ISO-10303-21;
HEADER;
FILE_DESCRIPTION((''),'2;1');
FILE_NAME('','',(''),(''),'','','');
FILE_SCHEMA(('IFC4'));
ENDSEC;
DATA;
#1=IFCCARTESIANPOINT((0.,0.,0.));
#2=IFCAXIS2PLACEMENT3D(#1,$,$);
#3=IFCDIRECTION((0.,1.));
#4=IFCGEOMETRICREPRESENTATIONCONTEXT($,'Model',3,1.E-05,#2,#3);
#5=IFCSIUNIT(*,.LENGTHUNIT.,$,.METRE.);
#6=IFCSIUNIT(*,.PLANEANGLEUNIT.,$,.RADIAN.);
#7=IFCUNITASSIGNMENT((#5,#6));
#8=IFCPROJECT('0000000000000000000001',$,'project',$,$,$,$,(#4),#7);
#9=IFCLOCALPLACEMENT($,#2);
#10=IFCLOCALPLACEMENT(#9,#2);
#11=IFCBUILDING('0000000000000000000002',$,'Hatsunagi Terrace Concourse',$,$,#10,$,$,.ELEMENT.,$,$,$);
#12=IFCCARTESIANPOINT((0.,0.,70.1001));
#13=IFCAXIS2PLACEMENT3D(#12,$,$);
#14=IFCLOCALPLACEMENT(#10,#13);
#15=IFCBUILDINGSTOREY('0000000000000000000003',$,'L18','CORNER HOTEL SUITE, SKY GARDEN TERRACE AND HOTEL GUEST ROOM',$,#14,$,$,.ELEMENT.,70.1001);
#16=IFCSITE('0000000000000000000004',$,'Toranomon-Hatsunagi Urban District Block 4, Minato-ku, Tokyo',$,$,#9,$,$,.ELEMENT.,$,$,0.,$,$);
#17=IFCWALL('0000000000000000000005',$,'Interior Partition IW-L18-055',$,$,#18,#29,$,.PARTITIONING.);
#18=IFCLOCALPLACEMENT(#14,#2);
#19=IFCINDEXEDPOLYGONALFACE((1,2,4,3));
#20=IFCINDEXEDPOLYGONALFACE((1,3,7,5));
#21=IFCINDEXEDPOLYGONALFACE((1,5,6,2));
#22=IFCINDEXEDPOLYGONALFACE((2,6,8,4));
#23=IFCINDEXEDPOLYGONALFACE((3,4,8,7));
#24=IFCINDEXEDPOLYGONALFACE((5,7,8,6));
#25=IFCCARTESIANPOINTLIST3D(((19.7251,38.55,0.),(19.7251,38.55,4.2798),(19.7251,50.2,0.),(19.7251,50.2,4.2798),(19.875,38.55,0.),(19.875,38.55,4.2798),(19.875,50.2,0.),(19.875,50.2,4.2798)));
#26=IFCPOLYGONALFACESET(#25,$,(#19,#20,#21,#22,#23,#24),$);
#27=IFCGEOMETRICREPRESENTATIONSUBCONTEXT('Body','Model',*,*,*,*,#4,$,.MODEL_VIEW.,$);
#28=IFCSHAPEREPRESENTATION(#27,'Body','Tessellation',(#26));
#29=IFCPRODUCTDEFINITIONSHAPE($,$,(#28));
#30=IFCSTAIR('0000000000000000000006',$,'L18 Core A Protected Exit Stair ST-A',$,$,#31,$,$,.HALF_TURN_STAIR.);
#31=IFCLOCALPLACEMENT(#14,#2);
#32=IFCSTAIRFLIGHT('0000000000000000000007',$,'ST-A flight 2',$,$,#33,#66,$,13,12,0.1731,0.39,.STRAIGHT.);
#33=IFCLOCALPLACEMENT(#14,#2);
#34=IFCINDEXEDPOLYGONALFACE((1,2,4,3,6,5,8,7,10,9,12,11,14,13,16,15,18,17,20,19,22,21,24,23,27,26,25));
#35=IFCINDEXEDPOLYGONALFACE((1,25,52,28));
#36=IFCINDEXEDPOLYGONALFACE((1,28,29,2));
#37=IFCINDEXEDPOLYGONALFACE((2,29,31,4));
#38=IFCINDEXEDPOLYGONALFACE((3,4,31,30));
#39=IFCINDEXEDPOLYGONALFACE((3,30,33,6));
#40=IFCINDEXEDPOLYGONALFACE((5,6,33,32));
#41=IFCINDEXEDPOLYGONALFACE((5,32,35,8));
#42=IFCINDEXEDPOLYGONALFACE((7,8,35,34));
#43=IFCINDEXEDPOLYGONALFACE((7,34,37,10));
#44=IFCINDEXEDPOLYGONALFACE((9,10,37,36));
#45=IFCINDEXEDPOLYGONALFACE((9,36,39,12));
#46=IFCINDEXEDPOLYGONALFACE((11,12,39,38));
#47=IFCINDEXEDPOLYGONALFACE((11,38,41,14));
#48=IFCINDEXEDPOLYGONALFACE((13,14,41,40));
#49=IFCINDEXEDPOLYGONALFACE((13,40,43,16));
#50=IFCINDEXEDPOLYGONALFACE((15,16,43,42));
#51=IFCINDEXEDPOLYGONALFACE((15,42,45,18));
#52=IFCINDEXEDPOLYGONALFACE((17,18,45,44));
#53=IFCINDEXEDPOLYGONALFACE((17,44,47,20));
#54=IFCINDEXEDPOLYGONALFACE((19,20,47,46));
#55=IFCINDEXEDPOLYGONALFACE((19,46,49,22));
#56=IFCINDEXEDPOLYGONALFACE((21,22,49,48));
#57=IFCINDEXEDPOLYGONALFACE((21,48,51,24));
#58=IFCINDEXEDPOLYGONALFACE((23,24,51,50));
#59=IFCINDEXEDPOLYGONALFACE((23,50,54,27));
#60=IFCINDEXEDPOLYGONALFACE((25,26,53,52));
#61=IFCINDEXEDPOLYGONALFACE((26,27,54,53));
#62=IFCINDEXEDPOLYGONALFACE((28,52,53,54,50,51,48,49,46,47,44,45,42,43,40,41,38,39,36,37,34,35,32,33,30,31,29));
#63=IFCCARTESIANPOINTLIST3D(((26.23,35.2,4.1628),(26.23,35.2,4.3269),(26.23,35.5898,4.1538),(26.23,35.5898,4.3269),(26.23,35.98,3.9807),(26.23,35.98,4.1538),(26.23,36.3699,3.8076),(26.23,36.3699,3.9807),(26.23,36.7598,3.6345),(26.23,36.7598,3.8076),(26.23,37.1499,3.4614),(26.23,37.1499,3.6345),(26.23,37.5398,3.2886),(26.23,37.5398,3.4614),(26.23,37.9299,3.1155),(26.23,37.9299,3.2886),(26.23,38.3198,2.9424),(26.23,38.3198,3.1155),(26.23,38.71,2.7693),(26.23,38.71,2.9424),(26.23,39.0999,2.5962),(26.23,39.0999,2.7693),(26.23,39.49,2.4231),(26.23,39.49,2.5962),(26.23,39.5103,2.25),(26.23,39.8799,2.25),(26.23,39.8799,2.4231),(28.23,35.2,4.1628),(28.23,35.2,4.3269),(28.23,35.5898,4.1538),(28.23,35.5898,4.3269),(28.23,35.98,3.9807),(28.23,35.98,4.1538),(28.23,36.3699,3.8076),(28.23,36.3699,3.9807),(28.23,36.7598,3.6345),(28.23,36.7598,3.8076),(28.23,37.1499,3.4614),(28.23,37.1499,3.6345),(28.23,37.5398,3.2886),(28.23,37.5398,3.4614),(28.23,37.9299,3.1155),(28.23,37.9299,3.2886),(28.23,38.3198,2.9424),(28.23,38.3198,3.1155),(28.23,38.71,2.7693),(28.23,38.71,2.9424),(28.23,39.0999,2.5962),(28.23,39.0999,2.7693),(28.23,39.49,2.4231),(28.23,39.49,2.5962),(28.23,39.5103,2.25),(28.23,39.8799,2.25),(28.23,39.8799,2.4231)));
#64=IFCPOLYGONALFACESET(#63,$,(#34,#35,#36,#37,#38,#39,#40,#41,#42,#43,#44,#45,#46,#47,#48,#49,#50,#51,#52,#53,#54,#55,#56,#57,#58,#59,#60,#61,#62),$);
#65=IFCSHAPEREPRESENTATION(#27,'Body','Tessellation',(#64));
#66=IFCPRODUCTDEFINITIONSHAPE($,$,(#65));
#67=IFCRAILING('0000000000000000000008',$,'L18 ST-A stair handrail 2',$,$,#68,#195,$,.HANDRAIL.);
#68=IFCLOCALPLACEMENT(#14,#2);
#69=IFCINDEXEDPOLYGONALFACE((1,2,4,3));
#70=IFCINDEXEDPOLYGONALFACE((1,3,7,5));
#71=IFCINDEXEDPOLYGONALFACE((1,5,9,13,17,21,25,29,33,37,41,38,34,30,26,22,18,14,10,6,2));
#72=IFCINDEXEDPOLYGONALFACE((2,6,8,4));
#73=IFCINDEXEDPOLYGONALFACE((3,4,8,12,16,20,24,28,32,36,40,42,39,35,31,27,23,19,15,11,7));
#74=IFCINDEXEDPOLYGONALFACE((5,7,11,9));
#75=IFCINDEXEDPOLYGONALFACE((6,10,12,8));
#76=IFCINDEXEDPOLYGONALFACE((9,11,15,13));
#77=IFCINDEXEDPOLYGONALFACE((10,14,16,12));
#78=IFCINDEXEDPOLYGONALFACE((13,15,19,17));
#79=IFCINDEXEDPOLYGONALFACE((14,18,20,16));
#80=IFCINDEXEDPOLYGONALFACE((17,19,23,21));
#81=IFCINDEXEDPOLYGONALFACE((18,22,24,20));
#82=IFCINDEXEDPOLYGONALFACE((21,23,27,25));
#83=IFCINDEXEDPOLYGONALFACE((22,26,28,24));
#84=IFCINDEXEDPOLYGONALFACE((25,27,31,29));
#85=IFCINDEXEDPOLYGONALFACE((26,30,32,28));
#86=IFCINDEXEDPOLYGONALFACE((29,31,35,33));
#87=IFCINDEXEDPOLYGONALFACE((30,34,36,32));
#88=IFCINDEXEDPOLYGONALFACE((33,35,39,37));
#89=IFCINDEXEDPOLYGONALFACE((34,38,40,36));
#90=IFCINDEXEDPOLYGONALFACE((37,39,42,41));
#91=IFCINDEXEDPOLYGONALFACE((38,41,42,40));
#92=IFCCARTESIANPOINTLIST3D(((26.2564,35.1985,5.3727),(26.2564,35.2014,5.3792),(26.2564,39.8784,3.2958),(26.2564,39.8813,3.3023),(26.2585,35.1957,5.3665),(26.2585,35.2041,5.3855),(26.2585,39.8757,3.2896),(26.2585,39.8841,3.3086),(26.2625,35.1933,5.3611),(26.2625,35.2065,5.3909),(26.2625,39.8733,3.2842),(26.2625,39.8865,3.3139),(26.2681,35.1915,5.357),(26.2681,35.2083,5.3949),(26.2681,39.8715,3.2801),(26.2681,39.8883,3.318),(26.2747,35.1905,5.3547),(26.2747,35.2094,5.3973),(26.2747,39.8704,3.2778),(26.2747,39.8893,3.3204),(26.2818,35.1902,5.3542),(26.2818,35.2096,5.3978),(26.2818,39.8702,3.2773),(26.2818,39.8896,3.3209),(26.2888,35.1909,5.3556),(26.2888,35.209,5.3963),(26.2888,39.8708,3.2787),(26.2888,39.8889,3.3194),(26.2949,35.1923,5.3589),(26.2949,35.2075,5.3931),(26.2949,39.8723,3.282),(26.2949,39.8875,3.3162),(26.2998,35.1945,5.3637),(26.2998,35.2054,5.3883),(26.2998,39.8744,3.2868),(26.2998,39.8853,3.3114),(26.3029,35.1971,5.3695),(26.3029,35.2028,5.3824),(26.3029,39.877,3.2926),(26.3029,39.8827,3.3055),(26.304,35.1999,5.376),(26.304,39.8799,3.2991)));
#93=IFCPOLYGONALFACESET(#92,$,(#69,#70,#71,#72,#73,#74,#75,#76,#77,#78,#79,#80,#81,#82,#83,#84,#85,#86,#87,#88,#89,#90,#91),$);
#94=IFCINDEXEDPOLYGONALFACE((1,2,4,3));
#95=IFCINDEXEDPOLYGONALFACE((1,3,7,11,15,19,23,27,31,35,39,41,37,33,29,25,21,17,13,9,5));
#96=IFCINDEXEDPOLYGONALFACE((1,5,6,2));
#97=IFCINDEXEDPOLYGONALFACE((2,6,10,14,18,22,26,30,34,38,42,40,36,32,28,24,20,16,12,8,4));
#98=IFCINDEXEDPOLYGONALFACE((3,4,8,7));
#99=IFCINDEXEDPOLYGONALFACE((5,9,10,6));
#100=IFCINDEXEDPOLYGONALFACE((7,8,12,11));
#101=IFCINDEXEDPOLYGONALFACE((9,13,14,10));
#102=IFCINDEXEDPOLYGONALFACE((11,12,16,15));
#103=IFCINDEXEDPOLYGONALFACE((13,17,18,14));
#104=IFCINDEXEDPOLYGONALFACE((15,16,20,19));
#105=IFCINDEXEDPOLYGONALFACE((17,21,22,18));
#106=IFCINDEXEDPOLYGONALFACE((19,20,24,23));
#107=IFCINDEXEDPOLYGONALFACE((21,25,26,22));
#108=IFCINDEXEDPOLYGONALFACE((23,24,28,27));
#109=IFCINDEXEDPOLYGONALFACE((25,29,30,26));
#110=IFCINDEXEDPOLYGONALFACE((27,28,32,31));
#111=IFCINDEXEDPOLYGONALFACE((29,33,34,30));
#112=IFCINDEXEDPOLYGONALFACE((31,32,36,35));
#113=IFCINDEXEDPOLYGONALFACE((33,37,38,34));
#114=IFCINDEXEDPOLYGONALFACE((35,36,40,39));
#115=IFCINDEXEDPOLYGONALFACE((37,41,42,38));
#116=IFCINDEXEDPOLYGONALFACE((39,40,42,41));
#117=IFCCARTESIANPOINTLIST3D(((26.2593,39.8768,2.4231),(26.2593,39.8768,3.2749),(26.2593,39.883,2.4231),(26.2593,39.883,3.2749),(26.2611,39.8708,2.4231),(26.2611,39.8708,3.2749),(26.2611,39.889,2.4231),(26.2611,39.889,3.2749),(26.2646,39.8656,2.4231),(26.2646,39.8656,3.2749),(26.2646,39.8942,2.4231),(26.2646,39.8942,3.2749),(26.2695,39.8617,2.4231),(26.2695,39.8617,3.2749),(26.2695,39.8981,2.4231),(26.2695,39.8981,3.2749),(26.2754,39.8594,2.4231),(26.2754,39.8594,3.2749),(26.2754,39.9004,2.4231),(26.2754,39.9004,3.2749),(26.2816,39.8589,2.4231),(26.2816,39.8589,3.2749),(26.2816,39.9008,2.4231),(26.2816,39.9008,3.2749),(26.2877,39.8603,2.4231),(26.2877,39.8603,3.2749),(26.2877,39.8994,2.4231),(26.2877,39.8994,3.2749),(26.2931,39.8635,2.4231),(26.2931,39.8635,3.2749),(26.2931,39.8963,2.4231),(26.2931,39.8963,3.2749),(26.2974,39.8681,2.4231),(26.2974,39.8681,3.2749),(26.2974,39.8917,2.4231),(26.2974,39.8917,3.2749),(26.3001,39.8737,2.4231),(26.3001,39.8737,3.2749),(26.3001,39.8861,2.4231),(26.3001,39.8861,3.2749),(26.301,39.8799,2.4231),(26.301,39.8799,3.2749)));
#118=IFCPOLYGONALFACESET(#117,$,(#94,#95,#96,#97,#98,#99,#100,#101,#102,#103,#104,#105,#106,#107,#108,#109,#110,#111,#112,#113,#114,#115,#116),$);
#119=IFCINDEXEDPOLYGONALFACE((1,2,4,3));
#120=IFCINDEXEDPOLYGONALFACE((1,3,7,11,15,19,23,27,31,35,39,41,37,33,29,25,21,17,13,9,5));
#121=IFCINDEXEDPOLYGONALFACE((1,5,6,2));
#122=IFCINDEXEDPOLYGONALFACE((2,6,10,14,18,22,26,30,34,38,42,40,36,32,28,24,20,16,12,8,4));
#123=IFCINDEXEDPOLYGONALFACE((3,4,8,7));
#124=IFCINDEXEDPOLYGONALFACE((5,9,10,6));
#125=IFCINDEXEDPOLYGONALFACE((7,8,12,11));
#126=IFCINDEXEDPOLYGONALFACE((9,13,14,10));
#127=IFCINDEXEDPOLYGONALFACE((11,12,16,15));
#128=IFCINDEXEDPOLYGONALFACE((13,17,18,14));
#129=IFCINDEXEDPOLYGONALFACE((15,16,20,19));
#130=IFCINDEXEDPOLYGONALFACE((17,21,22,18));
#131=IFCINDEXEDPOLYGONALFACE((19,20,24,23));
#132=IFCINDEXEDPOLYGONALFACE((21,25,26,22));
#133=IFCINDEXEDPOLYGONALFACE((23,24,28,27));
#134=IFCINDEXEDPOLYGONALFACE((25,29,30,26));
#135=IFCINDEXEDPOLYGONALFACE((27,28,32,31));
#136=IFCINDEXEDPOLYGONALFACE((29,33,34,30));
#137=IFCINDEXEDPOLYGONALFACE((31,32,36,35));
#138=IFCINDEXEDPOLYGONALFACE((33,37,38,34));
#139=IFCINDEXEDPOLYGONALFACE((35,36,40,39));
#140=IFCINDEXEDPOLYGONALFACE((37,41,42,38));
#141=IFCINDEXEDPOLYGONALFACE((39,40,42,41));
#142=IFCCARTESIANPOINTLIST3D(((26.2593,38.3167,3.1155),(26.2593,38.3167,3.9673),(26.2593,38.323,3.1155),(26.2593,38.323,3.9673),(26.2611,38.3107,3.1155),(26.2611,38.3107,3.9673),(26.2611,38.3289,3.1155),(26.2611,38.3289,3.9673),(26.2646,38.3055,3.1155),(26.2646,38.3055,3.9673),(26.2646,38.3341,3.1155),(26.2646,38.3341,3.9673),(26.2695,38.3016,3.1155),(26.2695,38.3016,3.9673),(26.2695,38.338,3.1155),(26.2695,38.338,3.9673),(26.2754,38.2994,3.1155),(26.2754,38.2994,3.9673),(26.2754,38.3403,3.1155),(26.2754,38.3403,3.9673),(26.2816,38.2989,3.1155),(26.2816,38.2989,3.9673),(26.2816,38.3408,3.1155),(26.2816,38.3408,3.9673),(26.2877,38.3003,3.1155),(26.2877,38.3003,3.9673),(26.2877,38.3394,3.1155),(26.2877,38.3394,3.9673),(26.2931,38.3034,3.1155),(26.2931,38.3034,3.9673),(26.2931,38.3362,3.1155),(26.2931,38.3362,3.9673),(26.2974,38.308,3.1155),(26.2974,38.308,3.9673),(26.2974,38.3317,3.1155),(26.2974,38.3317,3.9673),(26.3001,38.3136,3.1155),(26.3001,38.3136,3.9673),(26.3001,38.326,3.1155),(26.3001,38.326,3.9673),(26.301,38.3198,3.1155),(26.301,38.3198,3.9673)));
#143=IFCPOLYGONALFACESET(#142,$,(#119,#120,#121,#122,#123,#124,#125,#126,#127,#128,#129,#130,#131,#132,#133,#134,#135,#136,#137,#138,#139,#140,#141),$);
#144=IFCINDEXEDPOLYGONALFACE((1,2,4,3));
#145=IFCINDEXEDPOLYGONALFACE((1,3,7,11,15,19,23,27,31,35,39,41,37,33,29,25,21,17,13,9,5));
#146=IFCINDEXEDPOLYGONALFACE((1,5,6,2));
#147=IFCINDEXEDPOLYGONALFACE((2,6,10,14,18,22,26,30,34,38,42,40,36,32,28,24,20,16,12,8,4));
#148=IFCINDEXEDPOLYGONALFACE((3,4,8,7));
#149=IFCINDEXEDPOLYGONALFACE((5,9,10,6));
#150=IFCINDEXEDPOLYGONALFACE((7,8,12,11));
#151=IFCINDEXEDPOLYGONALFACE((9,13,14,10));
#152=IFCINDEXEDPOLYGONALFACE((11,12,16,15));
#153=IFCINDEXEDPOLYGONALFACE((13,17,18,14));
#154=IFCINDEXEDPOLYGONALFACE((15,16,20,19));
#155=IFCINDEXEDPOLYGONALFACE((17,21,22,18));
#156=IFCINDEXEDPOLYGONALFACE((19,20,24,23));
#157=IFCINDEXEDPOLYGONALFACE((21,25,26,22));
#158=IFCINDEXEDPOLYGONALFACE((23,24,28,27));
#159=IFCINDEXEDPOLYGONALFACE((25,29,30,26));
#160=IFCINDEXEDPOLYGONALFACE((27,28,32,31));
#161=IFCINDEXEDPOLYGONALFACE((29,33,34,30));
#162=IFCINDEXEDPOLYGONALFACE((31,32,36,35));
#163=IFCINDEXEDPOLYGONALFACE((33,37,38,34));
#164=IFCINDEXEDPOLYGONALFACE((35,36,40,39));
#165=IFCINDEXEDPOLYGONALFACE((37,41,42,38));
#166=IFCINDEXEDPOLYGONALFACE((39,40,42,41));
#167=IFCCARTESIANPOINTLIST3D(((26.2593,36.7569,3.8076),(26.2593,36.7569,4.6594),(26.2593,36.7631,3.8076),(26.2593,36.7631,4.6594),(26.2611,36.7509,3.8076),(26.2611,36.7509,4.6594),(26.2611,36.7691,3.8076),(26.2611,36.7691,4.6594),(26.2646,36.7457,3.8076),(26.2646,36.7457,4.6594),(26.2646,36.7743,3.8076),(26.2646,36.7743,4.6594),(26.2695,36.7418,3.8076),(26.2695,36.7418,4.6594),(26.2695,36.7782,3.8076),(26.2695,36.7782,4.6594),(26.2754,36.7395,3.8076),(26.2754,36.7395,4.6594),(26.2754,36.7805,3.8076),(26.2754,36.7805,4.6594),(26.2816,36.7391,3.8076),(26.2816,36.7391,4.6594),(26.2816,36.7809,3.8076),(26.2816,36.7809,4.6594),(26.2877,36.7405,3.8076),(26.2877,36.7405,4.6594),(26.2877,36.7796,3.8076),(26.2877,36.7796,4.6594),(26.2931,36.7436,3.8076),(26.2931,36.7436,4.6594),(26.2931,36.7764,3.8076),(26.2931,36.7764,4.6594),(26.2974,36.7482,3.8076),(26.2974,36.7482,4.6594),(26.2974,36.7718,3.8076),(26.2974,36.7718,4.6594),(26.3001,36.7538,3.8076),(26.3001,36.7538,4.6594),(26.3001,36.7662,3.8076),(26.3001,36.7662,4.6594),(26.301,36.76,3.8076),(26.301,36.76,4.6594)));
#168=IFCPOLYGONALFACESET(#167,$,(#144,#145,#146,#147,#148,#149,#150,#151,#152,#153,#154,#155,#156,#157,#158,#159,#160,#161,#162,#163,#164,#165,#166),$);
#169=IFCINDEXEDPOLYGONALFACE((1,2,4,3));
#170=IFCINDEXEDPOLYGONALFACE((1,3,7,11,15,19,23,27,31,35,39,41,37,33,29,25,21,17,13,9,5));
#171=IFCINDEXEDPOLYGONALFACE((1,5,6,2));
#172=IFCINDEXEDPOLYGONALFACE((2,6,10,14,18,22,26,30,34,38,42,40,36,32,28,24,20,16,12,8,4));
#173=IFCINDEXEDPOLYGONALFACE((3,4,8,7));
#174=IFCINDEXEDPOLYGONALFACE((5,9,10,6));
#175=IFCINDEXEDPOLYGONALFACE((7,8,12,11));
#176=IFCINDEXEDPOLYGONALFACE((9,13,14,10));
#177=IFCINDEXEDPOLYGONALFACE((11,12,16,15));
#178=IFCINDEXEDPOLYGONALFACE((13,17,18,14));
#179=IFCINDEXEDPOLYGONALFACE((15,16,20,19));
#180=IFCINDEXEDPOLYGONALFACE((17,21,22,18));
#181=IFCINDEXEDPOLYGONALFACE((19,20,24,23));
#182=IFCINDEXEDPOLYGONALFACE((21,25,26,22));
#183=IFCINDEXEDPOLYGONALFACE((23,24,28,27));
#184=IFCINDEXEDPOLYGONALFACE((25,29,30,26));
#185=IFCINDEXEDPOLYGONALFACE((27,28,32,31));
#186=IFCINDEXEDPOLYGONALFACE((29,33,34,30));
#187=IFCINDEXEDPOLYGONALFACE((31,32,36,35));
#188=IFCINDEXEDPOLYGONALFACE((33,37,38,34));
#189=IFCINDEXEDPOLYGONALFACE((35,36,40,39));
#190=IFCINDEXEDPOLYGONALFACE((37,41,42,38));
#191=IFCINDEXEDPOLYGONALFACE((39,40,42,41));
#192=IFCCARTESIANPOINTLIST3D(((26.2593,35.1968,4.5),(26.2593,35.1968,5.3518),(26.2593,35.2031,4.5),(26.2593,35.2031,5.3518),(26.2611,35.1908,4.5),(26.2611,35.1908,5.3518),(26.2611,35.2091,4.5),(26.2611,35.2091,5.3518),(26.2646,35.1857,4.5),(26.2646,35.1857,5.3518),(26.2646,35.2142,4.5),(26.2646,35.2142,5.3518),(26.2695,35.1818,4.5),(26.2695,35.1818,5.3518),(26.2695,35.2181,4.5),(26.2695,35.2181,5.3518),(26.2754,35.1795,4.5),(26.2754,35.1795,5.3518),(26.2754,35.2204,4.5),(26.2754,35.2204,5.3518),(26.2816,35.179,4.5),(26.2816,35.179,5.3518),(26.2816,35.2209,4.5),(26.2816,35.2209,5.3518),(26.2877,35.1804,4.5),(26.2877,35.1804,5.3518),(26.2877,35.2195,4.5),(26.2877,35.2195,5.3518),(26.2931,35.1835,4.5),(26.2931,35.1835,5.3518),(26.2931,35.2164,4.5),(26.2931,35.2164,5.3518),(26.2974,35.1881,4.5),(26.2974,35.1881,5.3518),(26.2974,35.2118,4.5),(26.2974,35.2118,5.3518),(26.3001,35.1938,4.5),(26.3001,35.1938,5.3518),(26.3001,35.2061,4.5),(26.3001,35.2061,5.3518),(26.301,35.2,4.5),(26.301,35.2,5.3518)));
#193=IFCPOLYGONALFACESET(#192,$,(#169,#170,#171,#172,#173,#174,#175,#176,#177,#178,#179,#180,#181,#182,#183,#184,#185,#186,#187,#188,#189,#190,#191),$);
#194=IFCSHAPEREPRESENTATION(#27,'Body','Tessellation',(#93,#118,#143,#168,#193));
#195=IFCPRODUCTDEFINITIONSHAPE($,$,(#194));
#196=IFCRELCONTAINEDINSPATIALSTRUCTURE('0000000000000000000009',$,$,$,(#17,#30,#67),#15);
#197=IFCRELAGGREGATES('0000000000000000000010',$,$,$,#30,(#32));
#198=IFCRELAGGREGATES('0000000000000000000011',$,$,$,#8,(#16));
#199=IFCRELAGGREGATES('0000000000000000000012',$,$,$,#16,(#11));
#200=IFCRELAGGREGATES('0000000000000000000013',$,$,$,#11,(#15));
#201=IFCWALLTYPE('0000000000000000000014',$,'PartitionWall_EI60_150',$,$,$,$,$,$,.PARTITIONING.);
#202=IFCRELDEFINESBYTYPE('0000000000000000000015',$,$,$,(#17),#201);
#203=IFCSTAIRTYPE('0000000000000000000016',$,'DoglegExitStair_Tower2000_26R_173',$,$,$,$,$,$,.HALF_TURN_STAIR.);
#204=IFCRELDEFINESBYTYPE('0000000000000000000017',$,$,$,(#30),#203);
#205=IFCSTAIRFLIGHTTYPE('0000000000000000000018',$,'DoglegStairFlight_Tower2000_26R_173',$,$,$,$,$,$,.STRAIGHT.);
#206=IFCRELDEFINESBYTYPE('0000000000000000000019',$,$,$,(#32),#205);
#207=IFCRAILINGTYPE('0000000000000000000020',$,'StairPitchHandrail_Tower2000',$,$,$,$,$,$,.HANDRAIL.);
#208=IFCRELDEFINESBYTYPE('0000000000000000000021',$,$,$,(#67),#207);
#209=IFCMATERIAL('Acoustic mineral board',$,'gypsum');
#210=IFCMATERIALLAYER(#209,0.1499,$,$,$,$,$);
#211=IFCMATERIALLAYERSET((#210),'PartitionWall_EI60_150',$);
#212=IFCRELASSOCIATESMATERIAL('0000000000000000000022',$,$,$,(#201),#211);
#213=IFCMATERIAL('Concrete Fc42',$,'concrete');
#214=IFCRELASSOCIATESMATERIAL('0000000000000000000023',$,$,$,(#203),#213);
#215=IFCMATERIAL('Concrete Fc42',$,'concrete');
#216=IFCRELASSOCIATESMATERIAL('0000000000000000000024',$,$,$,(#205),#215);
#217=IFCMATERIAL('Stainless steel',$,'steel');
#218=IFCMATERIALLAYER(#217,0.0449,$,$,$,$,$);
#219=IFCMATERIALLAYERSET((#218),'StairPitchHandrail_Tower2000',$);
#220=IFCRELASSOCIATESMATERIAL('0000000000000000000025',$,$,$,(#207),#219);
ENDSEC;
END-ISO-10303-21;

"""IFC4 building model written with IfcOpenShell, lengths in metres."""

from ifc_helpers import new_model, si_unit, direction, frame, frame_2d, origin, origin_2d, place, context, subcontext, project, spatial, polyline, rectangle, circle, outline, extrude, material, layer, layer_set, type_object, element, aggregate, save


model = new_model("IFC4")

# Units and contexts
model_context = context("Model", 3, precision=1e-05, world=origin(), true_north=direction((0.0, 1.0)))
body_context = subcontext(model_context, "Body", "Model", "MODEL_VIEW")
ifc_project = project(units=[si_unit("LENGTHUNIT", "METRE"), si_unit("PLANEANGLEUNIT", "RADIAN")], contexts=[model_context])

# Site, building, storey
site_placement = place(None, origin())
site = spatial("IfcSite", under=ifc_project, at=site_placement, Name="Toranomon-Hatsunagi Urban District Block 4, Minato-ku, Tokyo", CompositionType="ELEMENT", RefElevation=0.0)
building_placement = place(site_placement, origin())
building = spatial("IfcBuilding", under=site, at=building_placement, Name="Hatsunagi Terrace Concourse", CompositionType="ELEMENT")
storey_placement = place(building_placement, frame((0.0, 0.0, 70.1001)))
storey = spatial("IfcBuildingStorey", under=building, at=storey_placement, Name="L18", Description="CORNER HOTEL SUITE, SKY GARDEN TERRACE AND HOTEL GUEST ROOM", CompositionType="ELEMENT", Elevation=70.1001)

# Shared definitions
ifc_material_1 = material(Name="Acoustic mineral board", Category="gypsum")
ifc_layer_1 = layer(ifc_material_1, 0.1499)
ifc_layer_set_1 = layer_set([ifc_layer_1], Name="PartitionWall_EI60_150")
wall_type_1 = type_object("IfcWallType", Name="PartitionWall_EI60_150", PredefinedType="PARTITIONING", material=ifc_layer_set_1)

# Wall
wall_1_placement = place(storey_placement, frame((19.8, 38.55, 0.0), z_axis=(0.0, 0.0, 1.0), x_axis=(0.0, 1.0, 0.0)))
element("IfcWall", 1, at=wall_1_placement, inside=storey, type_object=wall_type_1, Name="Interior Partition IW-L18-055", PredefinedType="PARTITIONING", context=body_context, shape_type="SweptSolid", body=[
    extrude(rectangle(XDim=11.6499, YDim=0.1499, at=frame_2d((5.825, 0.0))), origin(), (0.0, 0.0, 1.0), 4.2798),
])

# Stair, stair flight
ifc_material_2 = material(Name="Concrete Fc42", Category="concrete")
stair_type = type_object("IfcStairType", Name="DoglegExitStair_Tower2000_26R_173", PredefinedType="HALF_TURN_STAIR", material=ifc_material_2)
stair_placement = place(storey_placement, origin())
stair = element("IfcStair", 2, at=stair_placement, inside=storey, type_object=stair_type, Name="L18 Core A Protected Exit Stair ST-A", PredefinedType="HALF_TURN_STAIR")
ifc_material_3 = material(Name="Concrete Fc42", Category="concrete")
stair_flight_type = type_object("IfcStairFlightType", Name="DoglegStairFlight_Tower2000_26R_173", PredefinedType="STRAIGHT", material=ifc_material_3)
stair_flight_placement = place(storey_placement, frame((27.23, 39.8799, 2.25), z_axis=(0.0, 0.0, 1.0), x_axis=(0.0, -1.0, 0.0)))
stair_flight = element("IfcStairFlight", 3, at=stair_flight_placement, type_object=stair_flight_type, Name="ST-A flight 2", NumberOfRisers=13, NumberOfTreads=12, PredefinedType="STRAIGHT", RiserHeight=0.1731, TreadLength=0.39, context=body_context, shape_type="SweptSolid", body=[
    extrude(outline(polyline([(0.0, 0.0), (0.0, 0.1731), (0.3899, 0.1731), (0.3899, 0.3462), (0.78, 0.3462), (0.78, 0.5193), (1.1699, 0.5193), (1.1699, 0.6924), (1.5601, 0.6924), (1.5601, 0.8655), (1.95, 0.8655), (1.95, 1.0386), (2.3401, 1.0386), (2.3401, 1.2114), (2.73, 1.2114), (2.73, 1.3845), (3.1201, 1.3845), (3.1201, 1.5576), (3.51, 1.5576), (3.51, 1.7307), (3.8999, 1.7307), (3.8999, 1.9038), (4.29, 1.9038), (4.29, 2.0769), (4.6799, 2.0769), (4.6799, 2.25), (4.6799, 1.9128), (0.3696, 0.0), (0.0, 0.0)])), frame((0.0, 1.0, 0.0), z_axis=(0.0, -1.0, 0.0), x_axis=(1.0, 0.0, 0.0)), (0.0, 0.0, 1.0), 2.0),
])
aggregate(stair, [stair_flight])

# Railing
ifc_material_4 = material(Name="Stainless steel", Category="steel")
ifc_layer_2 = layer(ifc_material_4, 0.0449)
ifc_layer_set_2 = layer_set([ifc_layer_2], Name="StairPitchHandrail_Tower2000")
railing_type_1 = type_object("IfcRailingType", Name="StairPitchHandrail_Tower2000", PredefinedType="HANDRAIL", material=ifc_layer_set_2)
railing_1_placement = place(storey_placement, frame((26.28, 39.8799, 2.4231)))
element("IfcRailing", 4, at=railing_1_placement, inside=storey, type_object=railing_type_1, Name="L18 ST-A stair handrail 2", PredefinedType="HANDRAIL", context=body_context, shape_type="SweptSolid", body=[
    extrude(circle(Radius=0.0239, at=origin_2d()), frame((0.0, 0.0, 0.876), z_axis=(0.0, -0.914034, 0.405638), x_axis=(1.0, 0.0, 0.0)), (0.0, 0.0, 1.0), 5.1201),
    extrude(circle(Radius=0.021, at=origin_2d()), origin(), (0.0, 0.0, 1.0), 0.8518),
    extrude(circle(Radius=0.021, at=origin_2d()), frame((0.0, -1.5601, 0.6924)), (0.0, 0.0, 1.0), 0.8518),
    extrude(circle(Radius=0.021, at=origin_2d()), frame((0.0, -3.1199, 1.3845)), (0.0, 0.0, 1.0), 0.8518),
    extrude(circle(Radius=0.021, at=origin_2d()), frame((0.0, -4.6799, 2.0769)), (0.0, 0.0, 1.0), 0.8518),
])

save(model, "model.ifc")
